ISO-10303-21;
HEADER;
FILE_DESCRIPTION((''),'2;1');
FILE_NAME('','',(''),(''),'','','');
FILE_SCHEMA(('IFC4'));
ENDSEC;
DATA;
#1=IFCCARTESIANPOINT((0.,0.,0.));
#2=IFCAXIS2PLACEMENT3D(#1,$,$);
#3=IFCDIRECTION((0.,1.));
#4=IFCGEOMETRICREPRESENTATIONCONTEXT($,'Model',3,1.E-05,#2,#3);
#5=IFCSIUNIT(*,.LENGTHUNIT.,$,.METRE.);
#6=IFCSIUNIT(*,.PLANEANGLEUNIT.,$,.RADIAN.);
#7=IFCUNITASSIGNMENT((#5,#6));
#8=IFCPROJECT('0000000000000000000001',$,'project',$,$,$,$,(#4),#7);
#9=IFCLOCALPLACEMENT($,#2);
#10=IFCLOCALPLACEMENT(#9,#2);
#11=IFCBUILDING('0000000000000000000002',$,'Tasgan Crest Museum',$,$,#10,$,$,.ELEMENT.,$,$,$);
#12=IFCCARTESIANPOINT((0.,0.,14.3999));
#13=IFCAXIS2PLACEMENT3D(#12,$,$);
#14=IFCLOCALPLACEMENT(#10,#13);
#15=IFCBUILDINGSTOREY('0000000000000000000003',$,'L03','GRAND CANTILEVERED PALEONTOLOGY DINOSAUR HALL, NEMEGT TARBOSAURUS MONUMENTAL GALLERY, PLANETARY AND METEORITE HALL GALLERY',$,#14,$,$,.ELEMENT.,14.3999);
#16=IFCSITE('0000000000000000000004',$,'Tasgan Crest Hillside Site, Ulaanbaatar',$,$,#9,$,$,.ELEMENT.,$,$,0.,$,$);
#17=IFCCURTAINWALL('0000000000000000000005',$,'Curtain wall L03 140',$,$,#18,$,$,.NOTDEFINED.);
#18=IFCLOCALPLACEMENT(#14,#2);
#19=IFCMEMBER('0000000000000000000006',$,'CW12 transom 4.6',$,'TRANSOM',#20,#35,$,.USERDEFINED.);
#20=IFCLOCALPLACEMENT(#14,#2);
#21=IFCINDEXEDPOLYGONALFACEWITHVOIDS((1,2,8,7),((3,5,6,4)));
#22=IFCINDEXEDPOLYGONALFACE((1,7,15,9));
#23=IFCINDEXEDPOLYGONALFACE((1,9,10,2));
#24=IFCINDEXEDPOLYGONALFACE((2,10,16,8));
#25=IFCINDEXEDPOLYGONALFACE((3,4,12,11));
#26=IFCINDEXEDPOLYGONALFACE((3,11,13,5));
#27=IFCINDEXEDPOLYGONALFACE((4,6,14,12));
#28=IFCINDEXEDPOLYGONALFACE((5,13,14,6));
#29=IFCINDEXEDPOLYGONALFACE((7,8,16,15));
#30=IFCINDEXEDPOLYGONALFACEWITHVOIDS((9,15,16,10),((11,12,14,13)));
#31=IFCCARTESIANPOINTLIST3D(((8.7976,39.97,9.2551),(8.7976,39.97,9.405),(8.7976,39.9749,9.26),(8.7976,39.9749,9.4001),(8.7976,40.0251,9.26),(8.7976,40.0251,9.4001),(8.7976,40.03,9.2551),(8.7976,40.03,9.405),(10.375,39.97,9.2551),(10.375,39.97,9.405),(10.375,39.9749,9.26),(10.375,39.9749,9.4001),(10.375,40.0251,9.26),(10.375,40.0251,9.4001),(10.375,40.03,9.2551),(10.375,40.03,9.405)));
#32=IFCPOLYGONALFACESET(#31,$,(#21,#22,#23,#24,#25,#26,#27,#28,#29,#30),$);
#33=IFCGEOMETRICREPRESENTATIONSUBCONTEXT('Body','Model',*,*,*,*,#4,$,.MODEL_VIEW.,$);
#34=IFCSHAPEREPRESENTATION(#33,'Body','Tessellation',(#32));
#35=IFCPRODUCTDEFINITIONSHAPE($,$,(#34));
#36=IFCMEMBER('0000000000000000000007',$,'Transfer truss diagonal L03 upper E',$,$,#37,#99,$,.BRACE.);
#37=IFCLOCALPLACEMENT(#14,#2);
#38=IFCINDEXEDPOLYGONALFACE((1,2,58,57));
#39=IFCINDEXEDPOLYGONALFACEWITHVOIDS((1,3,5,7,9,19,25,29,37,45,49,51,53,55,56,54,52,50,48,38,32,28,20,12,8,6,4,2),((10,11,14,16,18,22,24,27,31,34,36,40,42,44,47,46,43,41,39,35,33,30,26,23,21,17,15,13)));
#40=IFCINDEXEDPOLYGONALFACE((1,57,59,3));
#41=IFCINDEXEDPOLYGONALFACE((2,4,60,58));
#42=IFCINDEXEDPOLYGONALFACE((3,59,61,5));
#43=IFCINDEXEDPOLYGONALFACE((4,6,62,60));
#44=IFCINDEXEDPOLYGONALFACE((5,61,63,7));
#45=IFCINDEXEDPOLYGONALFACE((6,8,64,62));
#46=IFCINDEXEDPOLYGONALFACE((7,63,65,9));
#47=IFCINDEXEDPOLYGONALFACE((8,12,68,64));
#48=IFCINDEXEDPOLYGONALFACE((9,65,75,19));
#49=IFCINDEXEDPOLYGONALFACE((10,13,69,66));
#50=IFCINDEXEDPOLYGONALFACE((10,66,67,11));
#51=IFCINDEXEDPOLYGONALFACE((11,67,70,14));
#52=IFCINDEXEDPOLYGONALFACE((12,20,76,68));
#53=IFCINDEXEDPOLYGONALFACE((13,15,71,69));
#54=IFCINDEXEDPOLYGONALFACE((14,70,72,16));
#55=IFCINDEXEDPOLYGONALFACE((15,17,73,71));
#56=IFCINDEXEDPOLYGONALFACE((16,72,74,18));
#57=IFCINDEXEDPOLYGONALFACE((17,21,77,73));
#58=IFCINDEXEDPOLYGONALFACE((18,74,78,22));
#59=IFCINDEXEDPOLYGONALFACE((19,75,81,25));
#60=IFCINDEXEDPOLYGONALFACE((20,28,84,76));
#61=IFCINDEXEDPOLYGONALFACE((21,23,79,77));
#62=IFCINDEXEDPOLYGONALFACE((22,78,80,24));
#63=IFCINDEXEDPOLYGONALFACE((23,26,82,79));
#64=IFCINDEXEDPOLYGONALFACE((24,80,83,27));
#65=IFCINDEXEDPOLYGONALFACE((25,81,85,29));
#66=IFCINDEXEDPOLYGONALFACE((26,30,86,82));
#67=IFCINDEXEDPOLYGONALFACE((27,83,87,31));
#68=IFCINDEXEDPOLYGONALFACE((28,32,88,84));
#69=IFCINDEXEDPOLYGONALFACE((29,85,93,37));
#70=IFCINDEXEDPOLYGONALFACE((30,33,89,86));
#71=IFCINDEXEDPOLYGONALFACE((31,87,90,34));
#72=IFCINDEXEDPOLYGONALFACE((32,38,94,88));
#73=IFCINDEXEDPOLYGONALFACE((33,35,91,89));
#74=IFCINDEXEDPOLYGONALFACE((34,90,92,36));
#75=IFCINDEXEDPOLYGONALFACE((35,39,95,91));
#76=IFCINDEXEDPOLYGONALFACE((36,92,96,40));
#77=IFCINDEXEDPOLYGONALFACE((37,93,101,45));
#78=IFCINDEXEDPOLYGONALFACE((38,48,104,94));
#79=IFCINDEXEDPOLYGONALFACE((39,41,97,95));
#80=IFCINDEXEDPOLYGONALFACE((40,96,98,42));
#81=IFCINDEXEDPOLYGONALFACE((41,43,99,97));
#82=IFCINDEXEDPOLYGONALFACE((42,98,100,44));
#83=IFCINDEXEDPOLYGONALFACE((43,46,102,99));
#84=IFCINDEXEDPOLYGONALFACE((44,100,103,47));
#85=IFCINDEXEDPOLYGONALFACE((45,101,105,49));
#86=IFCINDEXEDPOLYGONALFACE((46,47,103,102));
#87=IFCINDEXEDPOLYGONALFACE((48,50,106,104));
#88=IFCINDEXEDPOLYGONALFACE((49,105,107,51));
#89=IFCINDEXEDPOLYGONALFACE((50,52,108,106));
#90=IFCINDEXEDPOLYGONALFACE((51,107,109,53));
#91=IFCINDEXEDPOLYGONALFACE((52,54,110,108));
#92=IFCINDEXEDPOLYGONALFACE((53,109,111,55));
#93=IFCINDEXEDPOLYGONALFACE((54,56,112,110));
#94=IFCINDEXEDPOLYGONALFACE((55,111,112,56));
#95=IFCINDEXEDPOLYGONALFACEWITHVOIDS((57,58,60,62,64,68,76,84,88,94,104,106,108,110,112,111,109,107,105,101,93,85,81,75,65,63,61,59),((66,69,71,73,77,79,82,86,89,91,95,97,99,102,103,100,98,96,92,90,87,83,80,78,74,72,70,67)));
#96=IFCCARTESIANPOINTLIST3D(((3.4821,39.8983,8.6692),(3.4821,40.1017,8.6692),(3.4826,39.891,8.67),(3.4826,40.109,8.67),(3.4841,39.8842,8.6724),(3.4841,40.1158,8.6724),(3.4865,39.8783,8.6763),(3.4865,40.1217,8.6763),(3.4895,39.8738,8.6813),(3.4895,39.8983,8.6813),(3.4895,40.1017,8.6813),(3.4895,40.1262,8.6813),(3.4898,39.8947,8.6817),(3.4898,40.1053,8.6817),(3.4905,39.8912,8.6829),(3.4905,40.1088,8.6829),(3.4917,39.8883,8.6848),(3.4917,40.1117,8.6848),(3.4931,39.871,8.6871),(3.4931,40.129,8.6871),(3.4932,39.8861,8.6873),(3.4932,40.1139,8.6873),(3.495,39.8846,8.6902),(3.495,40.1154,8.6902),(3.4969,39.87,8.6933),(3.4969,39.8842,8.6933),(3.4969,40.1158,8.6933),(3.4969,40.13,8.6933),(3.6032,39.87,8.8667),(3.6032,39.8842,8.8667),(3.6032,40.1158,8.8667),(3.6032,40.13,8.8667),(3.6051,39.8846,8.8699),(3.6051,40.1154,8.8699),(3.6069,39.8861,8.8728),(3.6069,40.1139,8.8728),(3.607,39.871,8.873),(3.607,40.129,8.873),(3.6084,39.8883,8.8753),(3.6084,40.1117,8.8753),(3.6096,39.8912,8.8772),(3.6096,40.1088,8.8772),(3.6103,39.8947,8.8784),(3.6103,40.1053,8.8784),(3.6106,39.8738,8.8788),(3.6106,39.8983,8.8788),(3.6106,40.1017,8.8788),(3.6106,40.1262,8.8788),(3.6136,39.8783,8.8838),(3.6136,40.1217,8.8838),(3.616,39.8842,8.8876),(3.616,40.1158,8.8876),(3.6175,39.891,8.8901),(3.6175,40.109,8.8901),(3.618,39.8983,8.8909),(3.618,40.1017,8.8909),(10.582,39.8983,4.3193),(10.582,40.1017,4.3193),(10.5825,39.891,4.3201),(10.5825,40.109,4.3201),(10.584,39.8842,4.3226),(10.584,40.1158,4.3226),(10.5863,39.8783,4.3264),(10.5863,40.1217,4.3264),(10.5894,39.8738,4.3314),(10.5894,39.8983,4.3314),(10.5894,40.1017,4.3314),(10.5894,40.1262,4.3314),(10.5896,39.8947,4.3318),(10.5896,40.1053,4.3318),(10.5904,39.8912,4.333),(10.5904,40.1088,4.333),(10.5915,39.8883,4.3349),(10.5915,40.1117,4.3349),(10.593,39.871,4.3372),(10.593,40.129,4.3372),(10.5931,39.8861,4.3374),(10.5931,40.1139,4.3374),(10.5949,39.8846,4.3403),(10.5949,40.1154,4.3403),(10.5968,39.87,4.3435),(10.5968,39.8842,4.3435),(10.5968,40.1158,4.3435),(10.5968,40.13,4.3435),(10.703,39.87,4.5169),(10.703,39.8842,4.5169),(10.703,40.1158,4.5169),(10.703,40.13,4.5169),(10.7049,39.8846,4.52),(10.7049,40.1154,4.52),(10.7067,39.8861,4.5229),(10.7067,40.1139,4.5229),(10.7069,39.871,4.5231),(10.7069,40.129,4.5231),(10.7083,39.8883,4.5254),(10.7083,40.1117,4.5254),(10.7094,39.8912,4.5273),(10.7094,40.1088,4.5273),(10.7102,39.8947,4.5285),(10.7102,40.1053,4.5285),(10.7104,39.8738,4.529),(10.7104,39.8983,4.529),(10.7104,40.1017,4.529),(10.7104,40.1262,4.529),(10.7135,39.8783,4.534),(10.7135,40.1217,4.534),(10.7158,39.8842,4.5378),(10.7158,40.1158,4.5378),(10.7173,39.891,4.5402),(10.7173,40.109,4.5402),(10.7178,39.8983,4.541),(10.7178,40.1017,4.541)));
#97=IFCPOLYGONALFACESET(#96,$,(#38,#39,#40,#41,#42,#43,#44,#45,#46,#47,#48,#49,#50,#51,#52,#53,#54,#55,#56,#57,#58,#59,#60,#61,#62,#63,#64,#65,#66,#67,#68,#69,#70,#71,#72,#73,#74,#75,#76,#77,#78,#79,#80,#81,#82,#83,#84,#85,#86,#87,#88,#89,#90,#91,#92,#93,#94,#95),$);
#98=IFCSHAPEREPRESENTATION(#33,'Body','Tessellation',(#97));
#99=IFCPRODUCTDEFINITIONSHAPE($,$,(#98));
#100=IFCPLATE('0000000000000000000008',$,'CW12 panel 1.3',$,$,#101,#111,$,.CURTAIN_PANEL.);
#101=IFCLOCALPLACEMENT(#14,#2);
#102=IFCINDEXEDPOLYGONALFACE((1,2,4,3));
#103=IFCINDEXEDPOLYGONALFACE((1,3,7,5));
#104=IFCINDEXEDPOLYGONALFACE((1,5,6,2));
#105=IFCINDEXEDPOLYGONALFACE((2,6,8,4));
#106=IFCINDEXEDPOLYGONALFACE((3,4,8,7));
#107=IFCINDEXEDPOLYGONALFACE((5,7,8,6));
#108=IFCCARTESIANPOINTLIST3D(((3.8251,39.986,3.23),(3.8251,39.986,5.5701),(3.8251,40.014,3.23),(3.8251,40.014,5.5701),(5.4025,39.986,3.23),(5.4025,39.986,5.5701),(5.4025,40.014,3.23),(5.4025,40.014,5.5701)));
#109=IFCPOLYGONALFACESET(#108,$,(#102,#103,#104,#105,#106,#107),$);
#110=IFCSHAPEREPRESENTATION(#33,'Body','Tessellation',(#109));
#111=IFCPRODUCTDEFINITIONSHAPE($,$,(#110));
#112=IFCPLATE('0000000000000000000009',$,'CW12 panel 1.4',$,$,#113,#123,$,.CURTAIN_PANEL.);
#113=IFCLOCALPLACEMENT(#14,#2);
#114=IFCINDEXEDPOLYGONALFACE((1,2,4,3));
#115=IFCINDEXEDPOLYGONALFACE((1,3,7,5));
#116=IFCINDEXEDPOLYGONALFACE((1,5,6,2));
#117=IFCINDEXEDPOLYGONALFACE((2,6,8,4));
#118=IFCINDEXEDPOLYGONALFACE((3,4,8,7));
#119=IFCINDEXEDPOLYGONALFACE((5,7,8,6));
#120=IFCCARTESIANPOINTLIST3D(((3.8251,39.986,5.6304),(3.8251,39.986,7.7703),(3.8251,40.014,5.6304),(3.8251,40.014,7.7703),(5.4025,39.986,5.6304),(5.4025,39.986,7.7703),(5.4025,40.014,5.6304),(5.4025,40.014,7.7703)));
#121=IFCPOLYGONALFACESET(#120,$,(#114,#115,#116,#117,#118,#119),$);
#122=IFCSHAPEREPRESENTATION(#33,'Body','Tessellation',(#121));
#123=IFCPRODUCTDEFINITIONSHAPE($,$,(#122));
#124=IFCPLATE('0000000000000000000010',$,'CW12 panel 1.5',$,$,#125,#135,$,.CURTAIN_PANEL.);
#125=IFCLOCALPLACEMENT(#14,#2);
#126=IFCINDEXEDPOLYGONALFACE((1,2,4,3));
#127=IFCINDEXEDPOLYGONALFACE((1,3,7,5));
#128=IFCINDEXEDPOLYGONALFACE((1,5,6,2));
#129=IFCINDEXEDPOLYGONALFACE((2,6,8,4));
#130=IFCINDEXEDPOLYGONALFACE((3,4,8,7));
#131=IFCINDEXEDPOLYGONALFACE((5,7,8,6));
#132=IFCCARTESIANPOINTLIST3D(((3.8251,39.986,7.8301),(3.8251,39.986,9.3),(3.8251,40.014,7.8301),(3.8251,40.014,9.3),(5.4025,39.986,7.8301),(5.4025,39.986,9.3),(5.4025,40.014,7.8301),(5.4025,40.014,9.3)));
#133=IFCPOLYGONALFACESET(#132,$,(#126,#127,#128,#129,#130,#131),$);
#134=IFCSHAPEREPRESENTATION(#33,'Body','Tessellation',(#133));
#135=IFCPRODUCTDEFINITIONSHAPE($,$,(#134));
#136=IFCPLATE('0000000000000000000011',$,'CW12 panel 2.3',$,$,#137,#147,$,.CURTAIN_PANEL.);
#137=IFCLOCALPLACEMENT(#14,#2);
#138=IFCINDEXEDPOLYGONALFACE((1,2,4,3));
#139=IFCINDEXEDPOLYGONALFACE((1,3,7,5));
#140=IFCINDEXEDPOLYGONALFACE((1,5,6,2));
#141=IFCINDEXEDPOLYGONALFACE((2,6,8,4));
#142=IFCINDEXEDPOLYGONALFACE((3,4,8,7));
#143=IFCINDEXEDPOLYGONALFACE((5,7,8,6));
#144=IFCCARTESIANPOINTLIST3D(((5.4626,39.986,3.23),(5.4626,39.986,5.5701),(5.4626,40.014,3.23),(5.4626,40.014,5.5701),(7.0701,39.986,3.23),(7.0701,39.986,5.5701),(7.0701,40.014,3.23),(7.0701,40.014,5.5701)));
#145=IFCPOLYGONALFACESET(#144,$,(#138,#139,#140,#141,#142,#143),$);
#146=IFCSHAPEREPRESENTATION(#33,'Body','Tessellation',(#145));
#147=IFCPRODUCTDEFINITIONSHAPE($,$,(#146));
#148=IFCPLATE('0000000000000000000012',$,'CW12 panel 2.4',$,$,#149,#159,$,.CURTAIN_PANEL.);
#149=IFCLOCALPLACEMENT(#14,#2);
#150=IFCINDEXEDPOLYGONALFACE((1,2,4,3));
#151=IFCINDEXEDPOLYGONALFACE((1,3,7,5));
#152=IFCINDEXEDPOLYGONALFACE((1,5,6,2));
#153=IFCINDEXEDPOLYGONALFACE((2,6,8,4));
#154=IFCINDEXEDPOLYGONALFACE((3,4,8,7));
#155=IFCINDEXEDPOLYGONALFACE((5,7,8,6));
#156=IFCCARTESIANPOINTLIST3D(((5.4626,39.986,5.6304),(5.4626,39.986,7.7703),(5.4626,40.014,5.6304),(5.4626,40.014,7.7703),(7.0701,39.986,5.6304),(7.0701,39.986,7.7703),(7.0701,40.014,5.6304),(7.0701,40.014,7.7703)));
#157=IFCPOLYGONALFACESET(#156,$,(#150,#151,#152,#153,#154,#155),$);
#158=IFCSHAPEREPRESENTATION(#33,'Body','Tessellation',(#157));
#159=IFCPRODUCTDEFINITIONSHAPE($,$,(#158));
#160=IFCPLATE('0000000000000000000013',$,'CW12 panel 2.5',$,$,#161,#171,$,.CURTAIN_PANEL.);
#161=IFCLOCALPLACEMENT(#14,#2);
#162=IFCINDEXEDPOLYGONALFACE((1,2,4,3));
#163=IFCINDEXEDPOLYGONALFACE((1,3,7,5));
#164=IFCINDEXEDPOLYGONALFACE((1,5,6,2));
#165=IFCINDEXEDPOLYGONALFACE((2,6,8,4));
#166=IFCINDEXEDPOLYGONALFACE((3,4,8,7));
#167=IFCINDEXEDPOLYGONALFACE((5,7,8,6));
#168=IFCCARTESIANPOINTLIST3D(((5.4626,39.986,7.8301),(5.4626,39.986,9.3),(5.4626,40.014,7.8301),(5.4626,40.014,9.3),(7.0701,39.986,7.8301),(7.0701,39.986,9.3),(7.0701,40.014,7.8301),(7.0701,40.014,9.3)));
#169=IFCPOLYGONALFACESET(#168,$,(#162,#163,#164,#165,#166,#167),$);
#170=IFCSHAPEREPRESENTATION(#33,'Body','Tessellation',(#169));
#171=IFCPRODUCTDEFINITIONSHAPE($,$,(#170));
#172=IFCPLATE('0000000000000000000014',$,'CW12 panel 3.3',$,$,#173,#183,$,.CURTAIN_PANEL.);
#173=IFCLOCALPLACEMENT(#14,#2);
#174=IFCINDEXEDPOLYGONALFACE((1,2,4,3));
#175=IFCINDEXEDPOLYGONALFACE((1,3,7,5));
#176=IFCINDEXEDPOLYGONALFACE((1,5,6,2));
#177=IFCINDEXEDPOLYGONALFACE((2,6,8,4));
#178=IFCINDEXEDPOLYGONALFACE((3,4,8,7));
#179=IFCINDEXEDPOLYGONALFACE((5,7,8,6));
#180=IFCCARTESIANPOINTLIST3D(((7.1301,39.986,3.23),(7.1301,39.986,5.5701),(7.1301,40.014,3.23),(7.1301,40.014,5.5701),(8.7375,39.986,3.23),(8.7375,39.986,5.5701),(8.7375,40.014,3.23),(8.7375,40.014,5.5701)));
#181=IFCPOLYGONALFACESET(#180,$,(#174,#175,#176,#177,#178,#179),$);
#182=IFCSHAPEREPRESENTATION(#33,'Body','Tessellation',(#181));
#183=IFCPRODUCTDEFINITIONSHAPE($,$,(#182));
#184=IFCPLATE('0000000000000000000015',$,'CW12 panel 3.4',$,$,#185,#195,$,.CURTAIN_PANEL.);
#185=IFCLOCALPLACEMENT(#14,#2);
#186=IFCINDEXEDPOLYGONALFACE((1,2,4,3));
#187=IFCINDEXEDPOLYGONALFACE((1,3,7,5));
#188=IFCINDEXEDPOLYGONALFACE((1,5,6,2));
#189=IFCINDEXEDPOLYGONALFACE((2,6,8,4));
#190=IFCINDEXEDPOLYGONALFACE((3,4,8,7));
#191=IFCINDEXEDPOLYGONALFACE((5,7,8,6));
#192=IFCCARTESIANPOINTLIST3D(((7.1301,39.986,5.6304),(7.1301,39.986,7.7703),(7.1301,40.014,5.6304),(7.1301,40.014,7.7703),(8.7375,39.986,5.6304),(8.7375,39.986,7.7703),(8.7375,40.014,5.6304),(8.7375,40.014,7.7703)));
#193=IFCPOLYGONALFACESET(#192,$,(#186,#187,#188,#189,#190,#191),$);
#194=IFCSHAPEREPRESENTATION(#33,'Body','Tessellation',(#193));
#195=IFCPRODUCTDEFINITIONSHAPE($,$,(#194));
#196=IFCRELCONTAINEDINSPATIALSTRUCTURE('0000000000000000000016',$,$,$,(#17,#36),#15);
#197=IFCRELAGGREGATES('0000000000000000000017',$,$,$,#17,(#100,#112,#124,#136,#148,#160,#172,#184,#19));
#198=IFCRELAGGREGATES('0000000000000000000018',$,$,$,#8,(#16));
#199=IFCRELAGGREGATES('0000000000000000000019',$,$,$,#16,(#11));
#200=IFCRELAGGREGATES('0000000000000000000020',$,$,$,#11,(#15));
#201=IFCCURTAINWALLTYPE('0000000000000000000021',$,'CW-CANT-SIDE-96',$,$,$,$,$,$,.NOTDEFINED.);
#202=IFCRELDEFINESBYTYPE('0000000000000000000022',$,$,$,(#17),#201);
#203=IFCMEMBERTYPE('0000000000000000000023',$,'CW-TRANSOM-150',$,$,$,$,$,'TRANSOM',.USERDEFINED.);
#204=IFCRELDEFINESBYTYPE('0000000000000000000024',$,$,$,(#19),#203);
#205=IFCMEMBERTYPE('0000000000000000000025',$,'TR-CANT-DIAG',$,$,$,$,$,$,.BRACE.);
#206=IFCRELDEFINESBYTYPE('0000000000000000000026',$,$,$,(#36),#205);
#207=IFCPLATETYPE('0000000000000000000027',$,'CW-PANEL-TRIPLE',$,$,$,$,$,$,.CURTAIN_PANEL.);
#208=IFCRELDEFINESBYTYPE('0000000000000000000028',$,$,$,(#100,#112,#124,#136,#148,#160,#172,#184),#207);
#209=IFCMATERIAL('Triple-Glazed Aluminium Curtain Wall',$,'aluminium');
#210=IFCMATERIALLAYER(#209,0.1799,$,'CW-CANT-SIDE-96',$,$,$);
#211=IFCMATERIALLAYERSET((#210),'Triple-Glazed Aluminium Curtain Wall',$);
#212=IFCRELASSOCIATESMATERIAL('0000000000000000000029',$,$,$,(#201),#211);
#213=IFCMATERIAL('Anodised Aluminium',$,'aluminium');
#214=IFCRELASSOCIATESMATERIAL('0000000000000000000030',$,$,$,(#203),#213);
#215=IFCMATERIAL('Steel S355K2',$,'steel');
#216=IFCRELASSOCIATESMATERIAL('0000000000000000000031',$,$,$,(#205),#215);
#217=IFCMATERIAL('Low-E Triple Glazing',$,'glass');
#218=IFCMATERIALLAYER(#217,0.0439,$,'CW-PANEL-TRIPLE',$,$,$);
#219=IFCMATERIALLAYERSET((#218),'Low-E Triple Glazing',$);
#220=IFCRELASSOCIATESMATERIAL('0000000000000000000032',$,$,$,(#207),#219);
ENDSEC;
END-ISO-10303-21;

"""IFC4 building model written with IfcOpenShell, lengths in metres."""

from ifc_helpers import new_model, si_unit, direction, frame, origin, origin_2d, place, context, subcontext, project, spatial, rectangle, hollow_rectangle, extrude, material, layer, layer_set, material_profile, profile_set, type_object, element, aggregate, save


model = new_model("IFC4")

# Units and contexts
model_context = context("Model", 3, precision=1e-05, world=origin(), true_north=direction((0.0, 1.0)))
body_context = subcontext(model_context, "Body", "Model", "MODEL_VIEW")
ifc_project = project(units=[si_unit("LENGTHUNIT", "METRE"), si_unit("PLANEANGLEUNIT", "RADIAN")], contexts=[model_context])

# Site, building, storey
site_placement = place(None, origin())
site = spatial("IfcSite", under=ifc_project, at=site_placement, Name="Tasgan Crest Hillside Site, Ulaanbaatar", CompositionType="ELEMENT", RefElevation=0.0)
building_placement = place(site_placement, origin())
building = spatial("IfcBuilding", under=site, at=building_placement, Name="Tasgan Crest Museum", CompositionType="ELEMENT")
storey_placement = place(building_placement, frame((0.0, 0.0, 14.3999)))
storey = spatial("IfcBuildingStorey", under=building, at=storey_placement, Name="L03", Description="GRAND CANTILEVERED PALEONTOLOGY DINOSAUR HALL, NEMEGT TARBOSAURUS MONUMENTAL GALLERY, PLANETARY AND METEORITE HALL GALLERY", CompositionType="ELEMENT", Elevation=14.3999)

# Curtain wall, member
ifc_material_1 = material(Name="Triple-Glazed Aluminium Curtain Wall", Category="aluminium")
ifc_layer_1 = layer(ifc_material_1, 0.1799, Name="CW-CANT-SIDE-96")
ifc_layer_set_1 = layer_set([ifc_layer_1], Name="Triple-Glazed Aluminium Curtain Wall")
curtain_wall_type = type_object("IfcCurtainWallType", Name="CW-CANT-SIDE-96", PredefinedType="NOTDEFINED", material=ifc_layer_set_1)
curtain_wall_placement = place(storey_placement, origin())
curtain_wall = element("IfcCurtainWall", 1, at=curtain_wall_placement, inside=storey, type_object=curtain_wall_type, Name="Curtain wall L03 140", PredefinedType="NOTDEFINED")
ifc_material_2 = material(Name="Anodised Aluminium", Category="aluminium")
ifc_material_profile_1 = material_profile(ifc_material_2, hollow_rectangle(XDim=0.0601, YDim=0.1499, WallThickness=0.0049, at=origin_2d()), Name="ALU TRANSOM 150x60x5")
ifc_profile_set_1 = profile_set([ifc_material_profile_1], Name="Anodised Aluminium")
member_type_1 = type_object("IfcMemberType", Name="CW-TRANSOM-150", ElementType="TRANSOM", PredefinedType="USERDEFINED", material=ifc_profile_set_1)
member_1_placement = place(storey_placement, frame((8.7976, 40.0, 9.3301), z_axis=(1.0, 0.0, 0.0), x_axis=(0.0, 1.0, 0.0)))
member_1 = element("IfcMember", 2, at=member_1_placement, type_object=member_type_1, Name="CW12 transom 4.6", ObjectType="TRANSOM", PredefinedType="USERDEFINED", context=body_context, shape_type="SweptSolid", body=[
    extrude(hollow_rectangle(XDim=0.0601, YDim=0.1499, WallThickness=0.0049, at=origin_2d()), origin(), (0.0, 0.0, 1.0), 1.5774),
])

# Member
ifc_material_3 = material(Name="Steel S355K2", Category="steel")
ifc_material_profile_2 = material_profile(ifc_material_3, hollow_rectangle(XDim=0.26, YDim=0.26, WallThickness=0.0142, InnerFilletRadius=0.0142, OuterFilletRadius=0.0283, at=origin_2d()), Name="SHS 260x260x14.2")
ifc_profile_set_2 = profile_set([ifc_material_profile_2], Name="Steel S355K2")
member_type_2 = type_object("IfcMemberType", Name="TR-CANT-DIAG", PredefinedType="BRACE", material=ifc_profile_set_2)
member_2_placement = place(storey_placement, frame((10.6499, 40.0, 4.4302), z_axis=(-0.852691, 0.0, 0.522416), x_axis=(0.0, -1.0, 0.0)))
element("IfcMember", 3, at=member_2_placement, inside=storey, type_object=member_type_2, Name="Transfer truss diagonal L03 upper E", PredefinedType="BRACE", context=body_context, shape_type="SweptSolid", body=[
    extrude(hollow_rectangle(XDim=0.26, YDim=0.26, WallThickness=0.0142, InnerFilletRadius=0.0142, OuterFilletRadius=0.0283, at=origin_2d()), origin(), (0.0, 0.0, 1.0), 8.3264),
])

# Plates
ifc_material_4 = material(Name="Low-E Triple Glazing", Category="glass")
ifc_layer_2 = layer(ifc_material_4, 0.0439, Name="CW-PANEL-TRIPLE")
ifc_layer_set_2 = layer_set([ifc_layer_2], Name="Low-E Triple Glazing")
plate_type = type_object("IfcPlateType", Name="CW-PANEL-TRIPLE", PredefinedType="CURTAIN_PANEL", material=ifc_layer_set_2)
plate_1_placement = place(storey_placement, frame((4.6138, 40.0, 3.23), z_axis=(0.0, 0.0, 1.0), x_axis=(1.0, 0.0, 0.0)))
plate_1 = element("IfcPlate", 4, at=plate_1_placement, type_object=plate_type, Name="CW12 panel 1.3", PredefinedType="CURTAIN_PANEL", context=body_context, shape_type="SweptSolid", body=[
    extrude(rectangle(XDim=1.5774, YDim=0.0281, at=origin_2d()), origin(), (0.0, 0.0, 1.0), 2.3401),
])
plate_2_placement = place(storey_placement, frame((4.6138, 40.0, 5.6304), z_axis=(0.0, 0.0, 1.0), x_axis=(1.0, 0.0, 0.0)))
plate_2 = element("IfcPlate", 5, at=plate_2_placement, type_object=plate_type, Name="CW12 panel 1.4", PredefinedType="CURTAIN_PANEL", context=body_context, shape_type="SweptSolid", body=[
    extrude(rectangle(XDim=1.5774, YDim=0.0281, at=origin_2d()), origin(), (0.0, 0.0, 1.0), 2.1399),
])
plate_3_placement = place(storey_placement, frame((4.6138, 40.0, 7.8301), z_axis=(0.0, 0.0, 1.0), x_axis=(1.0, 0.0, 0.0)))
plate_3 = element("IfcPlate", 6, at=plate_3_placement, type_object=plate_type, Name="CW12 panel 1.5", PredefinedType="CURTAIN_PANEL", context=body_context, shape_type="SweptSolid", body=[
    extrude(rectangle(XDim=1.5774, YDim=0.0281, at=origin_2d()), origin(), (0.0, 0.0, 1.0), 1.47),
])
plate_4_placement = place(storey_placement, frame((6.2664, 40.0, 3.23), z_axis=(0.0, 0.0, 1.0), x_axis=(1.0, 0.0, 0.0)))
plate_4 = element("IfcPlate", 7, at=plate_4_placement, type_object=plate_type, Name="CW12 panel 2.3", PredefinedType="CURTAIN_PANEL", context=body_context, shape_type="SweptSolid", body=[
    extrude(rectangle(XDim=1.6074, YDim=0.0281, at=origin_2d()), origin(), (0.0, 0.0, 1.0), 2.3401),
])
plate_5_placement = place(storey_placement, frame((6.2664, 40.0, 5.6304), z_axis=(0.0, 0.0, 1.0), x_axis=(1.0, 0.0, 0.0)))
plate_5 = element("IfcPlate", 8, at=plate_5_placement, type_object=plate_type, Name="CW12 panel 2.4", PredefinedType="CURTAIN_PANEL", context=body_context, shape_type="SweptSolid", body=[
    extrude(rectangle(XDim=1.6074, YDim=0.0281, at=origin_2d()), origin(), (0.0, 0.0, 1.0), 2.1399),
])
plate_6_placement = place(storey_placement, frame((6.2664, 40.0, 7.8301), z_axis=(0.0, 0.0, 1.0), x_axis=(1.0, 0.0, 0.0)))
plate_6 = element("IfcPlate", 9, at=plate_6_placement, type_object=plate_type, Name="CW12 panel 2.5", PredefinedType="CURTAIN_PANEL", context=body_context, shape_type="SweptSolid", body=[
    extrude(rectangle(XDim=1.6074, YDim=0.0281, at=origin_2d()), origin(), (0.0, 0.0, 1.0), 1.47),
])
plate_7_placement = place(storey_placement, frame((7.9338, 40.0, 3.23), z_axis=(0.0, 0.0, 1.0), x_axis=(1.0, 0.0, 0.0)))
plate_7 = element("IfcPlate", 10, at=plate_7_placement, type_object=plate_type, Name="CW12 panel 3.3", PredefinedType="CURTAIN_PANEL", context=body_context, shape_type="SweptSolid", body=[
    extrude(rectangle(XDim=1.6074, YDim=0.0281, at=origin_2d()), origin(), (0.0, 0.0, 1.0), 2.3401),
])
plate_8_placement = place(storey_placement, frame((7.9338, 40.0, 5.6304), z_axis=(0.0, 0.0, 1.0), x_axis=(1.0, 0.0, 0.0)))
plate_8 = element("IfcPlate", 11, at=plate_8_placement, type_object=plate_type, Name="CW12 panel 3.4", PredefinedType="CURTAIN_PANEL", context=body_context, shape_type="SweptSolid", body=[
    extrude(rectangle(XDim=1.6074, YDim=0.0281, at=origin_2d()), origin(), (0.0, 0.0, 1.0), 2.1399),
])
aggregate(curtain_wall, [plate_1, plate_2, plate_3, plate_4, plate_5, plate_6, plate_7, plate_8, member_1])

save(model, "model.ifc")
